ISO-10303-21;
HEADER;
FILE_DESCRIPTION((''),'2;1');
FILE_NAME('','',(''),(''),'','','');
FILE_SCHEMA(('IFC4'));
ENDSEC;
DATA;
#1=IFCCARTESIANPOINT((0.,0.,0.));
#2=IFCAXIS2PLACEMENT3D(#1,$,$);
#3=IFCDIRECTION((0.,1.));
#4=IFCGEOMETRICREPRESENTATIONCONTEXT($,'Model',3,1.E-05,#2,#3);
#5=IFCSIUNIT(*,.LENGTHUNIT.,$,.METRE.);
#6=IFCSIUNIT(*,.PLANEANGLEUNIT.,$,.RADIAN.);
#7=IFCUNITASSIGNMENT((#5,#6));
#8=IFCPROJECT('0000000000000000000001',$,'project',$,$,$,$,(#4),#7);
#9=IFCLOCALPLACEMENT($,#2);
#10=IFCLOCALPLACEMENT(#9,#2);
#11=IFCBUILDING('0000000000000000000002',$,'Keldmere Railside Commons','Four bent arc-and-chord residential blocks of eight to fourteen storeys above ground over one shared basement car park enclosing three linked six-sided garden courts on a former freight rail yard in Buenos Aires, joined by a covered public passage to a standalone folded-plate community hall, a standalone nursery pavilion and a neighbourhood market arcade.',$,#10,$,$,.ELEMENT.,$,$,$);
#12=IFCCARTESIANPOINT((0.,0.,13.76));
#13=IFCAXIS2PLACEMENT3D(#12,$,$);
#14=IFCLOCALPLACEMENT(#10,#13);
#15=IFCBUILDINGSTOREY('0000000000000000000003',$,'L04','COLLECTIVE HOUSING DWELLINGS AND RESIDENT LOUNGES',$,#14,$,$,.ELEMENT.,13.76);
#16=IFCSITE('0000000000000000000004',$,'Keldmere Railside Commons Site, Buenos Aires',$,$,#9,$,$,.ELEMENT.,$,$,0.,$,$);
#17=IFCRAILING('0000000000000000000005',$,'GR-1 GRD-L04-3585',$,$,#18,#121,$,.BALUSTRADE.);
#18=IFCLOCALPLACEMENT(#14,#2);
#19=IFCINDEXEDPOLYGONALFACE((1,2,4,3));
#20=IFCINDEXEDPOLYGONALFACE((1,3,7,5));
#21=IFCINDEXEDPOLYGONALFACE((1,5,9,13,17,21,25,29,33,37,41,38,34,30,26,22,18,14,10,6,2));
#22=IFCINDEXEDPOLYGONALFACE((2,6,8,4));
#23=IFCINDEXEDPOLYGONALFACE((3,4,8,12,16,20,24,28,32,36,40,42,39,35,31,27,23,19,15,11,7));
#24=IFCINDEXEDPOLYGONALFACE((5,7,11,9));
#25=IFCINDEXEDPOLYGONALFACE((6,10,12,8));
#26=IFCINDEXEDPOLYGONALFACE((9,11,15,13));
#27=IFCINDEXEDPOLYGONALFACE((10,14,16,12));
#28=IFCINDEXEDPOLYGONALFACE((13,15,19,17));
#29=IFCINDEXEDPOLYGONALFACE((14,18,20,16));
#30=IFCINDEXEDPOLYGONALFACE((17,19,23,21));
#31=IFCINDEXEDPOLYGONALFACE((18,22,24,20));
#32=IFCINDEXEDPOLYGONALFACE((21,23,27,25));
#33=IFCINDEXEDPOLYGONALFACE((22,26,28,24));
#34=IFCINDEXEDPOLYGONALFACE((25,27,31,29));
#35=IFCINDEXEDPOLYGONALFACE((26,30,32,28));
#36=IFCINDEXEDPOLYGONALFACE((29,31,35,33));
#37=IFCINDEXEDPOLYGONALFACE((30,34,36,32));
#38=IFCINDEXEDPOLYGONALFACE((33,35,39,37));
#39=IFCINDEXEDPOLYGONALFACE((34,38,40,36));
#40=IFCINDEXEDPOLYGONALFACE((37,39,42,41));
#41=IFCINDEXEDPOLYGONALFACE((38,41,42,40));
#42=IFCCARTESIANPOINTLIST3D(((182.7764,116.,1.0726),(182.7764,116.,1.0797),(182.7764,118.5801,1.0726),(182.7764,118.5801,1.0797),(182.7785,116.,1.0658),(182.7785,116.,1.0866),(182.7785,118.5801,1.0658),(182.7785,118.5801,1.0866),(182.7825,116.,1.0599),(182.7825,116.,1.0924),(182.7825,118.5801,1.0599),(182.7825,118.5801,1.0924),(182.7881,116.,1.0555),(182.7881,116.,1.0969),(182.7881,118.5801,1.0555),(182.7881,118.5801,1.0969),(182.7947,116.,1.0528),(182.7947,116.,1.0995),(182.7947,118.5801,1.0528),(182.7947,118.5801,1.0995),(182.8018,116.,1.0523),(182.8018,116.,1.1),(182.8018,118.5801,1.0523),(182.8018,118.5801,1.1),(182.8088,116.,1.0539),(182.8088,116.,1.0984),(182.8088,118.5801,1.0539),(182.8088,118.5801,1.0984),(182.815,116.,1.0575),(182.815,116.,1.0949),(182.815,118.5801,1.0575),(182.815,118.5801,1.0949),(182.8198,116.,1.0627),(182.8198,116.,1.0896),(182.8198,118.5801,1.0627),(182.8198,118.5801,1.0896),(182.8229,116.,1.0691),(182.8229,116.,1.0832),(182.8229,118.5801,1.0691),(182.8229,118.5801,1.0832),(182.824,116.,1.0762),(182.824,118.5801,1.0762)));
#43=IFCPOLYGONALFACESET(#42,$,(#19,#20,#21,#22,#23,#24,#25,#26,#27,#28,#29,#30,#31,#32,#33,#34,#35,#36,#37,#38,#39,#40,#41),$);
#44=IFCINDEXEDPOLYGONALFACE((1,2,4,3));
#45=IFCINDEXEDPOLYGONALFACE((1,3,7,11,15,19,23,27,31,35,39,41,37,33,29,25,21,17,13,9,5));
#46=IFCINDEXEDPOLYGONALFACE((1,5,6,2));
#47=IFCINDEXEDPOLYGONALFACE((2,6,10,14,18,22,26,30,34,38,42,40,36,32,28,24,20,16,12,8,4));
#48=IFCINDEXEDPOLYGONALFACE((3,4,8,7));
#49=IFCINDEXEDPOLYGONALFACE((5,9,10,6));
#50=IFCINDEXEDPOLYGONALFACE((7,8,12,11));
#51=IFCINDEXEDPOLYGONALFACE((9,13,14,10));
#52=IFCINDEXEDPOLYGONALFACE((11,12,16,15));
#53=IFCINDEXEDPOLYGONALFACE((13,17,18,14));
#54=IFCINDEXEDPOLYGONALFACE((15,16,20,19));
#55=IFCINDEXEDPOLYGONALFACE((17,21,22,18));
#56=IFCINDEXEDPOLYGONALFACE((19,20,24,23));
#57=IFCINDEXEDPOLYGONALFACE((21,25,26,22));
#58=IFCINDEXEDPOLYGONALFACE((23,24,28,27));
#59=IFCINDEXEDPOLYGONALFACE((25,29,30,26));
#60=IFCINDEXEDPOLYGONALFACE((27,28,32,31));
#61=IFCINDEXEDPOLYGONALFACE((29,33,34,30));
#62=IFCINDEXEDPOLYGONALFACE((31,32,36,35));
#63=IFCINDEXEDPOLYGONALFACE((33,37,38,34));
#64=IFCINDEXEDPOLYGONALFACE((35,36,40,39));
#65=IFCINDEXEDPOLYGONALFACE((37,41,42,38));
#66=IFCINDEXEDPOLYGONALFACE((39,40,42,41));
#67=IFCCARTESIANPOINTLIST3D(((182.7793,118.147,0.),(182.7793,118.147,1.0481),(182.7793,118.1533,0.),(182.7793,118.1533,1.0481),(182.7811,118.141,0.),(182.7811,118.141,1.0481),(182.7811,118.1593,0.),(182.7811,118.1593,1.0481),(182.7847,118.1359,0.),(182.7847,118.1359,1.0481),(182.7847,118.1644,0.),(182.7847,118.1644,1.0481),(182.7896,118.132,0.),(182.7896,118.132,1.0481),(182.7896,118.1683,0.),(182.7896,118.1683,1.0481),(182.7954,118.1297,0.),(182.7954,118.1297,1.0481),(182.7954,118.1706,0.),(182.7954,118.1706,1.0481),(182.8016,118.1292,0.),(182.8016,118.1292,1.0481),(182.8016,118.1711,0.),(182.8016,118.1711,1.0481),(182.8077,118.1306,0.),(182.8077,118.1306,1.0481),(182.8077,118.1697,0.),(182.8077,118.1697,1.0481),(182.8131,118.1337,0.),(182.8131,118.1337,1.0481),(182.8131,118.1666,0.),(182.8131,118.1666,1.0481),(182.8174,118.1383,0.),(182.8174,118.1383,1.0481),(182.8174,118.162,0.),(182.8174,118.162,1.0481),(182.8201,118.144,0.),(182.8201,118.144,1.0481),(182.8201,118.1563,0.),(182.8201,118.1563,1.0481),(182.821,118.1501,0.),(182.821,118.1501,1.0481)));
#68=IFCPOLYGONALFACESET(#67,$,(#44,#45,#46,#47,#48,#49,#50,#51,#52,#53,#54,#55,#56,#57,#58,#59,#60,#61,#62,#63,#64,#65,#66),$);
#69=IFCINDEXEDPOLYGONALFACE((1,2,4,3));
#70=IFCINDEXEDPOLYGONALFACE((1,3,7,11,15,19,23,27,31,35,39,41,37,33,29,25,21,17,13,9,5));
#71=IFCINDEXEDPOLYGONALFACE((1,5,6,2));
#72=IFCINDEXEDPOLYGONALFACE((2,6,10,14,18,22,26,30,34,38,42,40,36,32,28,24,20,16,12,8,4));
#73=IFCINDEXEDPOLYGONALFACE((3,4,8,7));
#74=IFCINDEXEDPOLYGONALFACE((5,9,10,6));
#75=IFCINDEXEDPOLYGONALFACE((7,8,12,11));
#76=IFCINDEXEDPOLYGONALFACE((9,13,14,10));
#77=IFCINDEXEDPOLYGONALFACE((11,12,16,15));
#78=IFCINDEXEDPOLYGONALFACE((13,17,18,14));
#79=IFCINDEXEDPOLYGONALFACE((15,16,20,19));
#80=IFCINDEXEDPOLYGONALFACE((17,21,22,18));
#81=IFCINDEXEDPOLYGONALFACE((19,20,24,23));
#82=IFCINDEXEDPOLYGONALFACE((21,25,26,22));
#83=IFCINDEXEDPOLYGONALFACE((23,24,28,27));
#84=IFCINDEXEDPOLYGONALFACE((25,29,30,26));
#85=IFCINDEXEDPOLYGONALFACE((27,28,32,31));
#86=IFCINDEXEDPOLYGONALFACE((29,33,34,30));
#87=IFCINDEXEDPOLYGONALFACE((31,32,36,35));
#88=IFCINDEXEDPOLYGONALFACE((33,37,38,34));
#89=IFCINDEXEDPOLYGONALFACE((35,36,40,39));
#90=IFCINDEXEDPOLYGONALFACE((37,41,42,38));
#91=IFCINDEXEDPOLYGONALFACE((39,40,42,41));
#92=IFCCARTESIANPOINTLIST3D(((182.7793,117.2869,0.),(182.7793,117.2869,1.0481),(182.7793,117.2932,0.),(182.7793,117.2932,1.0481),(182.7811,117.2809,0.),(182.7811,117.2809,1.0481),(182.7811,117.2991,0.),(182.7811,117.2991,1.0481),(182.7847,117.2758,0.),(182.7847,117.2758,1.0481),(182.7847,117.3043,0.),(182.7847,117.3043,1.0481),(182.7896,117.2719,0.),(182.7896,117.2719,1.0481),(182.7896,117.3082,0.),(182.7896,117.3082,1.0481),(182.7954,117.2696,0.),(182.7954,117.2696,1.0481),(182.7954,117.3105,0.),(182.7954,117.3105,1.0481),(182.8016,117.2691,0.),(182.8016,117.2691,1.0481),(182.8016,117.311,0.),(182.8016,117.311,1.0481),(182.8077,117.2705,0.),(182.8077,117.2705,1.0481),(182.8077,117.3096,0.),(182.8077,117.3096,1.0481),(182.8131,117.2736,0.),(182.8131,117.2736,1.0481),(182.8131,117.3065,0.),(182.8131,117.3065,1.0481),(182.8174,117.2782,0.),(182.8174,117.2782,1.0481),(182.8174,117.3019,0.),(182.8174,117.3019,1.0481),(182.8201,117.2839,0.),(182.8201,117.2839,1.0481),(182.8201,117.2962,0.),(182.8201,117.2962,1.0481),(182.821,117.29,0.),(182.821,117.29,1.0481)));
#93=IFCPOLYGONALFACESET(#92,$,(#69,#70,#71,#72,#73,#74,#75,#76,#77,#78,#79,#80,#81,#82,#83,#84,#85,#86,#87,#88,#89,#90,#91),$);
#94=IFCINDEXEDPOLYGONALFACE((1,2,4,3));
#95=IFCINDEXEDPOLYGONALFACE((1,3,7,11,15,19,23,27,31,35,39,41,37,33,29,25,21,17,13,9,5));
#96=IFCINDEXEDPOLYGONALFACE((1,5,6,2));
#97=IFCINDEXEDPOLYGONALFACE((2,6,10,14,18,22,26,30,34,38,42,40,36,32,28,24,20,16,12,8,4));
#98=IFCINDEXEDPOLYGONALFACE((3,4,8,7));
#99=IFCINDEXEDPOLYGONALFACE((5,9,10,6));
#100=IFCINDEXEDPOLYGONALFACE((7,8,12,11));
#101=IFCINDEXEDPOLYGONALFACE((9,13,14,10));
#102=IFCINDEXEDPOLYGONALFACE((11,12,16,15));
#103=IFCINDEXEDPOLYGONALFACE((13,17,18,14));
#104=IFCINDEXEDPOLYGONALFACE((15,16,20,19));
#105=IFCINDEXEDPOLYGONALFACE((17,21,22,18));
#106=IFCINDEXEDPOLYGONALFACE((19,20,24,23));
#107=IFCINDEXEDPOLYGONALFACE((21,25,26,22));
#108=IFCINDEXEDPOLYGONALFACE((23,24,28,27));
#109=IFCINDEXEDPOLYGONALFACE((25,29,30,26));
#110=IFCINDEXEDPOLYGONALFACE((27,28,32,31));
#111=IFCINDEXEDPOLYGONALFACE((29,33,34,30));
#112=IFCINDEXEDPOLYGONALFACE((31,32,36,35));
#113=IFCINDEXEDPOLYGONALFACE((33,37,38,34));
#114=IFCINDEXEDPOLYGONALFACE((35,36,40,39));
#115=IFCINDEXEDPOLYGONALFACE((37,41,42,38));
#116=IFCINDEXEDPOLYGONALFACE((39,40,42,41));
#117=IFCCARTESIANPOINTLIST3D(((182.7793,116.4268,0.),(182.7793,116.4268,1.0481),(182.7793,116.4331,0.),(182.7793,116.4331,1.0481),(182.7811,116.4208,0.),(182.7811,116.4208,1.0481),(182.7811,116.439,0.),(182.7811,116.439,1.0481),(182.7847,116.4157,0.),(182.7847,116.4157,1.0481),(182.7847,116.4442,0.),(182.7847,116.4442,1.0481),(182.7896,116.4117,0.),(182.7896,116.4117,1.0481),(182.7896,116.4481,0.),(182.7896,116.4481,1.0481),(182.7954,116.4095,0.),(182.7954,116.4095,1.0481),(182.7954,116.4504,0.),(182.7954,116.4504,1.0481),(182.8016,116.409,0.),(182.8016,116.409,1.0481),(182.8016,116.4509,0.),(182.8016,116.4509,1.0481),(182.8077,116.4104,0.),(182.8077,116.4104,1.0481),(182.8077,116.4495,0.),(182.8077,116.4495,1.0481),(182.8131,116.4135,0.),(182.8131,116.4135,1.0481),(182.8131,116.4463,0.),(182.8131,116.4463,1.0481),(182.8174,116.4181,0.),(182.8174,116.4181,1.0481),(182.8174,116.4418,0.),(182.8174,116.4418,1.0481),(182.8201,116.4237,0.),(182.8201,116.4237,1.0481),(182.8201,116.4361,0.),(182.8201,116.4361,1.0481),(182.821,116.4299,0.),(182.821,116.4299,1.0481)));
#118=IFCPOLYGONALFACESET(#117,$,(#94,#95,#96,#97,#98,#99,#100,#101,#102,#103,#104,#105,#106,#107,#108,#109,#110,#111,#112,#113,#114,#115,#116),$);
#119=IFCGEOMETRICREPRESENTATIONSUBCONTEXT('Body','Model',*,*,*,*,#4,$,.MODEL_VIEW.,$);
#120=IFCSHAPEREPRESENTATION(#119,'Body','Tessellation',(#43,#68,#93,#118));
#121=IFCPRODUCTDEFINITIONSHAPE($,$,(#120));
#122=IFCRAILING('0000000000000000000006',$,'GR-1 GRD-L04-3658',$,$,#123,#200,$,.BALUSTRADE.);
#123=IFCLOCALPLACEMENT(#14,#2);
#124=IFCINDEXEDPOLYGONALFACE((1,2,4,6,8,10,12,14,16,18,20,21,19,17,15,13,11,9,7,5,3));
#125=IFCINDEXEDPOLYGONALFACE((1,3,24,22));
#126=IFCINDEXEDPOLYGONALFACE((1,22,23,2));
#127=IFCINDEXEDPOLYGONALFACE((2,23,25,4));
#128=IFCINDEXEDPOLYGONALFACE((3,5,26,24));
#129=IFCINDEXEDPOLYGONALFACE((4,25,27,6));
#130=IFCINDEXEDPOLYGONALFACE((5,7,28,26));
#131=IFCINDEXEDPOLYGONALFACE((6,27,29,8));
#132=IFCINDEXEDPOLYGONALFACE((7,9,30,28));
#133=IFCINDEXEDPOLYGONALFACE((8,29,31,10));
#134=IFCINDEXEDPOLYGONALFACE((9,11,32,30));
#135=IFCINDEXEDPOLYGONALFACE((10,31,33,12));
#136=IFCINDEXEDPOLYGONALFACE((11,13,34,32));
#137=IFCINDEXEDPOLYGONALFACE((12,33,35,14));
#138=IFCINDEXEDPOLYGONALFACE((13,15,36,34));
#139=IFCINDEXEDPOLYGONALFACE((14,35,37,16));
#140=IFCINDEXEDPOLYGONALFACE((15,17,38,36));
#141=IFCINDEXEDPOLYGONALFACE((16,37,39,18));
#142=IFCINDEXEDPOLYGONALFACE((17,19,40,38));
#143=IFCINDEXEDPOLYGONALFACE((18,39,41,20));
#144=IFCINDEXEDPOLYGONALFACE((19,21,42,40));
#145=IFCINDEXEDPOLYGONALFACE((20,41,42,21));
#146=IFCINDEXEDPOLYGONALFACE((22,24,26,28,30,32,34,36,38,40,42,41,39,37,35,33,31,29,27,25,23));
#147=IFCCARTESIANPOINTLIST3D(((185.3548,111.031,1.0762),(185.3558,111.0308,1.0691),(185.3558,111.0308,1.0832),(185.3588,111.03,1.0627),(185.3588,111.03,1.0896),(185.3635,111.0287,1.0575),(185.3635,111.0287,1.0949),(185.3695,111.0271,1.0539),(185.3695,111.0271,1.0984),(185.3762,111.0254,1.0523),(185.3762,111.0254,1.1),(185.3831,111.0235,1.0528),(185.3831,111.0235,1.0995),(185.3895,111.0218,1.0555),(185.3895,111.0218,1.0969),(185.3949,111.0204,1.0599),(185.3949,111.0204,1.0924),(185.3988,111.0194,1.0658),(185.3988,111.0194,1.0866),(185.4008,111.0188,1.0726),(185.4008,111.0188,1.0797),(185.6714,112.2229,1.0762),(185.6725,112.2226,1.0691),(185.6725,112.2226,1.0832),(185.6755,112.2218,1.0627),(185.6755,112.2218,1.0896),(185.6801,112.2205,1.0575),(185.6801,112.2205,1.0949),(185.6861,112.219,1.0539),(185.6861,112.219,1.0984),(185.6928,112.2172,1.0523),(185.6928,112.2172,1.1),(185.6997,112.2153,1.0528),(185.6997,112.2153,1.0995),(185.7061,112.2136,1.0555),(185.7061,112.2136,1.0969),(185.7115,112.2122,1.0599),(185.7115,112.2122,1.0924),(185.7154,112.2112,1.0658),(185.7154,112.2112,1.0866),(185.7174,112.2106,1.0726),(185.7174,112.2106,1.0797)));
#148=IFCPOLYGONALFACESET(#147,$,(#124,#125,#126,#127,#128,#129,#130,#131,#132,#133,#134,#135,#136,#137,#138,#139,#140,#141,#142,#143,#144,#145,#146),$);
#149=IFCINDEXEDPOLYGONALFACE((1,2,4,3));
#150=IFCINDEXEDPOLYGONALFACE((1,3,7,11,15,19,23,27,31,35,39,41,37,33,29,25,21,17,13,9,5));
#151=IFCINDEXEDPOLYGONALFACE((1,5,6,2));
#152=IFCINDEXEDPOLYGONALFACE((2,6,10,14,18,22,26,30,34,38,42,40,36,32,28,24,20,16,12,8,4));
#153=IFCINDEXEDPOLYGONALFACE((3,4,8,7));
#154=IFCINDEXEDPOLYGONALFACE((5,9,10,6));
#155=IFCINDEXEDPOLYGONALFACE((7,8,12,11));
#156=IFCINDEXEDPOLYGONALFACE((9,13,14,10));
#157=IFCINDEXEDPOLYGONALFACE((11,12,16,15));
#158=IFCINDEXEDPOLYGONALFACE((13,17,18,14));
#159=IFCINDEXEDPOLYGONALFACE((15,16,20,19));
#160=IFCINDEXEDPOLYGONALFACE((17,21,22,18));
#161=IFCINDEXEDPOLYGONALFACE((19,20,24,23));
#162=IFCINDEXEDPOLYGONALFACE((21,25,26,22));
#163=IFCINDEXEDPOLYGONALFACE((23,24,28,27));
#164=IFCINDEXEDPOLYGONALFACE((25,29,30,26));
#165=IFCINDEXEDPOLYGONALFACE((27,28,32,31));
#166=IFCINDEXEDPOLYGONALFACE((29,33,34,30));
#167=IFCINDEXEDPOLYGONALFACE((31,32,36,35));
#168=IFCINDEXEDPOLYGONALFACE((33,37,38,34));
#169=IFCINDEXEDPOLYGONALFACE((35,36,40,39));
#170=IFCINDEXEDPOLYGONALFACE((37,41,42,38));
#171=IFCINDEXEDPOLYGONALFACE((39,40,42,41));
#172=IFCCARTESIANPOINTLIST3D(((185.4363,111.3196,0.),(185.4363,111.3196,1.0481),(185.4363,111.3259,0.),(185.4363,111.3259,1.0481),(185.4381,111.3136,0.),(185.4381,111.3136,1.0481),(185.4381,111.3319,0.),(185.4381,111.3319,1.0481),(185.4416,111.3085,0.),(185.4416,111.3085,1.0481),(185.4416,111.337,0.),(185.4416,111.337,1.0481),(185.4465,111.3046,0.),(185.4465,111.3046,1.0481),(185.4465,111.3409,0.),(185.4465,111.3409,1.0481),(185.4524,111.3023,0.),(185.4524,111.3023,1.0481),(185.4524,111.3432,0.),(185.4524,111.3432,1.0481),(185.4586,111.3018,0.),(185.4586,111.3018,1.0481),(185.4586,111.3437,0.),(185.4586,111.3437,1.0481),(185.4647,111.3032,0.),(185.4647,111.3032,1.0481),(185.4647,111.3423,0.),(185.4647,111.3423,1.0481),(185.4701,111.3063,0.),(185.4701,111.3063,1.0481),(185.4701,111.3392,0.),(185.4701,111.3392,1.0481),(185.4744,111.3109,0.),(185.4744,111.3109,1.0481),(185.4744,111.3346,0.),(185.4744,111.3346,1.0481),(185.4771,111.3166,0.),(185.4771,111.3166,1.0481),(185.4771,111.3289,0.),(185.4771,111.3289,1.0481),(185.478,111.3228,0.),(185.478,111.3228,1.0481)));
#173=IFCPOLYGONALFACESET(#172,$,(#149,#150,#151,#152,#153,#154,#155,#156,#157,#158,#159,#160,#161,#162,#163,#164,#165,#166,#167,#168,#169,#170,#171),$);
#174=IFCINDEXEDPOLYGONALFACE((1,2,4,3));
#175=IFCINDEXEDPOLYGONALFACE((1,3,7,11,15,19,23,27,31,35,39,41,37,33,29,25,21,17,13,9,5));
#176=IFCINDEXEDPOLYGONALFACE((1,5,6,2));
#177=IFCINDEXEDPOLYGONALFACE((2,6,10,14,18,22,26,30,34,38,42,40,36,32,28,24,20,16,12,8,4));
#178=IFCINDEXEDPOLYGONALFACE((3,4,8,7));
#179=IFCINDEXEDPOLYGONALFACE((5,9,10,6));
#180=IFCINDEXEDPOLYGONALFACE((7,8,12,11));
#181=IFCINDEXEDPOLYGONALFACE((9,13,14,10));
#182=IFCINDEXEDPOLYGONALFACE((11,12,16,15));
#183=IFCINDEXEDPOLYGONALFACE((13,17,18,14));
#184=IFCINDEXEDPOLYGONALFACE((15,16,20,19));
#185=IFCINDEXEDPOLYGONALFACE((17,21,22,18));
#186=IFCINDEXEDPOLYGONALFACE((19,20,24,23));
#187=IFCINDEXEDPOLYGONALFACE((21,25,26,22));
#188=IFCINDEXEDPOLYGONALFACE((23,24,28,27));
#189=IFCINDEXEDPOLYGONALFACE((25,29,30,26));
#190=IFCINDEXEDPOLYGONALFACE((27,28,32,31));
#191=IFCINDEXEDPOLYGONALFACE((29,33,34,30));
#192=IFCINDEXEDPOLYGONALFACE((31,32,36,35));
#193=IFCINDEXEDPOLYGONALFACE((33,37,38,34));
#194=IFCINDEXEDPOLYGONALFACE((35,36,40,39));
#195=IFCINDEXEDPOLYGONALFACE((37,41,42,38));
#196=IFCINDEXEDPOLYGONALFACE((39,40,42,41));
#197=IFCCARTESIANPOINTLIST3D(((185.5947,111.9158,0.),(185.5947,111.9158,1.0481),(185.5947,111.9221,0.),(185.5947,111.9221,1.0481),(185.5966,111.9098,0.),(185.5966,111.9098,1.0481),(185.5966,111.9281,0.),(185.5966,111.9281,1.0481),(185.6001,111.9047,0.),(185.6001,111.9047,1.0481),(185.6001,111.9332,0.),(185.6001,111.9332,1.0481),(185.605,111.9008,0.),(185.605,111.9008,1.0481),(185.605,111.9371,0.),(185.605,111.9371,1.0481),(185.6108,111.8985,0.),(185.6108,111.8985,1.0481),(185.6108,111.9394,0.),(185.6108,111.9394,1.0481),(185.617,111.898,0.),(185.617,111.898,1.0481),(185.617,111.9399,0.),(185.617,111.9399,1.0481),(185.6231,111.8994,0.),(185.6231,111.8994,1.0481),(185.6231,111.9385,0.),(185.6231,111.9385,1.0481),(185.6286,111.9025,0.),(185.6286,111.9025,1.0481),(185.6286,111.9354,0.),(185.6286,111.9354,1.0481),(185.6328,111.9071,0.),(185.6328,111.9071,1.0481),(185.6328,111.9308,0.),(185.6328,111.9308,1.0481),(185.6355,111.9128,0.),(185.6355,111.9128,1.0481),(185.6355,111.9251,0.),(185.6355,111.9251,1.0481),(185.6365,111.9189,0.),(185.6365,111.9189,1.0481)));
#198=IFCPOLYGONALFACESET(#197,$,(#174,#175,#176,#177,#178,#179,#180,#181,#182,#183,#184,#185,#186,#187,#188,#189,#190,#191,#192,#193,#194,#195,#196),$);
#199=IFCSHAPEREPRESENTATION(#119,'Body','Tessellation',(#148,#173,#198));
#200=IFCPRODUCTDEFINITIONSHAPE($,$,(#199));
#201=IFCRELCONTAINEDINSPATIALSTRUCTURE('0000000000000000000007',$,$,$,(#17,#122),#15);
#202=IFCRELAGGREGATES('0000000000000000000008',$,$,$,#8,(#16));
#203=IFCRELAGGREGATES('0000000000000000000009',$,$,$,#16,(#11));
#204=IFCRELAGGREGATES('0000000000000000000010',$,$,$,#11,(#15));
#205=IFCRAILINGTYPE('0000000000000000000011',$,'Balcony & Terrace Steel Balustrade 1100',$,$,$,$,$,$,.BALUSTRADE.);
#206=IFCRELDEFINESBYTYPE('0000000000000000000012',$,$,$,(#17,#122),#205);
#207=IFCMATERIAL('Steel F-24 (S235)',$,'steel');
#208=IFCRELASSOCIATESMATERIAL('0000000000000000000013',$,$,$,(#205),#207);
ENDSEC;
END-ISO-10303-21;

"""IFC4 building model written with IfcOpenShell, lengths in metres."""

from ifc_helpers import new_model, si_unit, direction, frame, origin, origin_2d, place, context, subcontext, project, spatial, circle, extrude, material, type_object, element, save


model = new_model("IFC4")

# Units and contexts
model_context = context("Model", 3, precision=1e-05, world=origin(), true_north=direction((0.0, 1.0)))
body_context = subcontext(model_context, "Body", "Model", "MODEL_VIEW")
ifc_project = project(units=[si_unit("LENGTHUNIT", "METRE"), si_unit("PLANEANGLEUNIT", "RADIAN")], contexts=[model_context])

# Site, building, storey
site_placement = place(None, origin())
site = spatial("IfcSite", under=ifc_project, at=site_placement, Name="Keldmere Railside Commons Site, Buenos Aires", CompositionType="ELEMENT", RefElevation=0.0)
building_placement = place(site_placement, origin())
building = spatial("IfcBuilding", under=site, at=building_placement, Name="Keldmere Railside Commons", Description="Four bent arc-and-chord residential blocks of eight to fourteen storeys above ground over one shared basement car park enclosing three linked six-sided garden courts on a former freight rail yard in Buenos Aires, joined by a covered public passage to a standalone folded-plate community hall, a standalone nursery pavilion and a neighbourhood market arcade.", CompositionType="ELEMENT")
storey_placement = place(building_placement, frame((0.0, 0.0, 13.76)))
storey = spatial("IfcBuildingStorey", under=building, at=storey_placement, Name="L04", Description="COLLECTIVE HOUSING DWELLINGS AND RESIDENT LOUNGES", CompositionType="ELEMENT", Elevation=13.76)

# Railings
ifc_material_1 = material(Name="Steel F-24 (S235)", Category="steel")
railing_type = type_object("IfcRailingType", Name="Balcony & Terrace Steel Balustrade 1100", PredefinedType="BALUSTRADE", material=ifc_material_1)
railing_1_placement = place(storey_placement, frame((182.8, 118.5801, 0.0)))
element("IfcRailing", 1, at=railing_1_placement, inside=storey, type_object=railing_type, Name="GR-1 GRD-L04-3585", PredefinedType="BALUSTRADE", context=body_context, shape_type="SweptSolid", body=[
    extrude(circle(Radius=0.0239, at=origin_2d()), frame((0.0, 0.0, 1.0762), z_axis=(0.0, -1.0, 0.0), x_axis=(1.0, 0.0, 0.0)), (0.0, 0.0, 1.0), 2.5801),
    extrude(circle(Radius=0.021, at=origin_2d()), frame((0.0, -0.4299, 0.0)), (0.0, 0.0, 1.0), 1.0481),
    extrude(circle(Radius=0.021, at=origin_2d()), frame((0.0, -1.29, 0.0)), (0.0, 0.0, 1.0), 1.0481),
    extrude(circle(Radius=0.021, at=origin_2d()), frame((0.0, -2.1501, 0.0)), (0.0, 0.0, 1.0), 1.0481),
])
railing_2_placement = place(storey_placement, frame((185.3779, 111.0249, 0.0)))
element("IfcRailing", 2, at=railing_2_placement, inside=storey, type_object=railing_type, Name="GR-1 GRD-L04-3658", PredefinedType="BALUSTRADE", context=body_context, shape_type="SweptSolid", body=[
    extrude(circle(Radius=0.0239, at=origin_2d()), frame((0.0, 0.0, 1.0762), z_axis=(0.256763, 0.966474, 0.0), x_axis=(-0.966474, 0.256763, 0.0)), (0.0, 0.0, 1.0), 1.2332),
    extrude(circle(Radius=0.021, at=origin_2d()), frame((0.0791, 0.2979, 0.0)), (0.0, 0.0, 1.0), 1.0481),
    extrude(circle(Radius=0.021, at=origin_2d()), frame((0.2375, 0.894, 0.0)), (0.0, 0.0, 1.0), 1.0481),
])

save(model, "model.ifc")
